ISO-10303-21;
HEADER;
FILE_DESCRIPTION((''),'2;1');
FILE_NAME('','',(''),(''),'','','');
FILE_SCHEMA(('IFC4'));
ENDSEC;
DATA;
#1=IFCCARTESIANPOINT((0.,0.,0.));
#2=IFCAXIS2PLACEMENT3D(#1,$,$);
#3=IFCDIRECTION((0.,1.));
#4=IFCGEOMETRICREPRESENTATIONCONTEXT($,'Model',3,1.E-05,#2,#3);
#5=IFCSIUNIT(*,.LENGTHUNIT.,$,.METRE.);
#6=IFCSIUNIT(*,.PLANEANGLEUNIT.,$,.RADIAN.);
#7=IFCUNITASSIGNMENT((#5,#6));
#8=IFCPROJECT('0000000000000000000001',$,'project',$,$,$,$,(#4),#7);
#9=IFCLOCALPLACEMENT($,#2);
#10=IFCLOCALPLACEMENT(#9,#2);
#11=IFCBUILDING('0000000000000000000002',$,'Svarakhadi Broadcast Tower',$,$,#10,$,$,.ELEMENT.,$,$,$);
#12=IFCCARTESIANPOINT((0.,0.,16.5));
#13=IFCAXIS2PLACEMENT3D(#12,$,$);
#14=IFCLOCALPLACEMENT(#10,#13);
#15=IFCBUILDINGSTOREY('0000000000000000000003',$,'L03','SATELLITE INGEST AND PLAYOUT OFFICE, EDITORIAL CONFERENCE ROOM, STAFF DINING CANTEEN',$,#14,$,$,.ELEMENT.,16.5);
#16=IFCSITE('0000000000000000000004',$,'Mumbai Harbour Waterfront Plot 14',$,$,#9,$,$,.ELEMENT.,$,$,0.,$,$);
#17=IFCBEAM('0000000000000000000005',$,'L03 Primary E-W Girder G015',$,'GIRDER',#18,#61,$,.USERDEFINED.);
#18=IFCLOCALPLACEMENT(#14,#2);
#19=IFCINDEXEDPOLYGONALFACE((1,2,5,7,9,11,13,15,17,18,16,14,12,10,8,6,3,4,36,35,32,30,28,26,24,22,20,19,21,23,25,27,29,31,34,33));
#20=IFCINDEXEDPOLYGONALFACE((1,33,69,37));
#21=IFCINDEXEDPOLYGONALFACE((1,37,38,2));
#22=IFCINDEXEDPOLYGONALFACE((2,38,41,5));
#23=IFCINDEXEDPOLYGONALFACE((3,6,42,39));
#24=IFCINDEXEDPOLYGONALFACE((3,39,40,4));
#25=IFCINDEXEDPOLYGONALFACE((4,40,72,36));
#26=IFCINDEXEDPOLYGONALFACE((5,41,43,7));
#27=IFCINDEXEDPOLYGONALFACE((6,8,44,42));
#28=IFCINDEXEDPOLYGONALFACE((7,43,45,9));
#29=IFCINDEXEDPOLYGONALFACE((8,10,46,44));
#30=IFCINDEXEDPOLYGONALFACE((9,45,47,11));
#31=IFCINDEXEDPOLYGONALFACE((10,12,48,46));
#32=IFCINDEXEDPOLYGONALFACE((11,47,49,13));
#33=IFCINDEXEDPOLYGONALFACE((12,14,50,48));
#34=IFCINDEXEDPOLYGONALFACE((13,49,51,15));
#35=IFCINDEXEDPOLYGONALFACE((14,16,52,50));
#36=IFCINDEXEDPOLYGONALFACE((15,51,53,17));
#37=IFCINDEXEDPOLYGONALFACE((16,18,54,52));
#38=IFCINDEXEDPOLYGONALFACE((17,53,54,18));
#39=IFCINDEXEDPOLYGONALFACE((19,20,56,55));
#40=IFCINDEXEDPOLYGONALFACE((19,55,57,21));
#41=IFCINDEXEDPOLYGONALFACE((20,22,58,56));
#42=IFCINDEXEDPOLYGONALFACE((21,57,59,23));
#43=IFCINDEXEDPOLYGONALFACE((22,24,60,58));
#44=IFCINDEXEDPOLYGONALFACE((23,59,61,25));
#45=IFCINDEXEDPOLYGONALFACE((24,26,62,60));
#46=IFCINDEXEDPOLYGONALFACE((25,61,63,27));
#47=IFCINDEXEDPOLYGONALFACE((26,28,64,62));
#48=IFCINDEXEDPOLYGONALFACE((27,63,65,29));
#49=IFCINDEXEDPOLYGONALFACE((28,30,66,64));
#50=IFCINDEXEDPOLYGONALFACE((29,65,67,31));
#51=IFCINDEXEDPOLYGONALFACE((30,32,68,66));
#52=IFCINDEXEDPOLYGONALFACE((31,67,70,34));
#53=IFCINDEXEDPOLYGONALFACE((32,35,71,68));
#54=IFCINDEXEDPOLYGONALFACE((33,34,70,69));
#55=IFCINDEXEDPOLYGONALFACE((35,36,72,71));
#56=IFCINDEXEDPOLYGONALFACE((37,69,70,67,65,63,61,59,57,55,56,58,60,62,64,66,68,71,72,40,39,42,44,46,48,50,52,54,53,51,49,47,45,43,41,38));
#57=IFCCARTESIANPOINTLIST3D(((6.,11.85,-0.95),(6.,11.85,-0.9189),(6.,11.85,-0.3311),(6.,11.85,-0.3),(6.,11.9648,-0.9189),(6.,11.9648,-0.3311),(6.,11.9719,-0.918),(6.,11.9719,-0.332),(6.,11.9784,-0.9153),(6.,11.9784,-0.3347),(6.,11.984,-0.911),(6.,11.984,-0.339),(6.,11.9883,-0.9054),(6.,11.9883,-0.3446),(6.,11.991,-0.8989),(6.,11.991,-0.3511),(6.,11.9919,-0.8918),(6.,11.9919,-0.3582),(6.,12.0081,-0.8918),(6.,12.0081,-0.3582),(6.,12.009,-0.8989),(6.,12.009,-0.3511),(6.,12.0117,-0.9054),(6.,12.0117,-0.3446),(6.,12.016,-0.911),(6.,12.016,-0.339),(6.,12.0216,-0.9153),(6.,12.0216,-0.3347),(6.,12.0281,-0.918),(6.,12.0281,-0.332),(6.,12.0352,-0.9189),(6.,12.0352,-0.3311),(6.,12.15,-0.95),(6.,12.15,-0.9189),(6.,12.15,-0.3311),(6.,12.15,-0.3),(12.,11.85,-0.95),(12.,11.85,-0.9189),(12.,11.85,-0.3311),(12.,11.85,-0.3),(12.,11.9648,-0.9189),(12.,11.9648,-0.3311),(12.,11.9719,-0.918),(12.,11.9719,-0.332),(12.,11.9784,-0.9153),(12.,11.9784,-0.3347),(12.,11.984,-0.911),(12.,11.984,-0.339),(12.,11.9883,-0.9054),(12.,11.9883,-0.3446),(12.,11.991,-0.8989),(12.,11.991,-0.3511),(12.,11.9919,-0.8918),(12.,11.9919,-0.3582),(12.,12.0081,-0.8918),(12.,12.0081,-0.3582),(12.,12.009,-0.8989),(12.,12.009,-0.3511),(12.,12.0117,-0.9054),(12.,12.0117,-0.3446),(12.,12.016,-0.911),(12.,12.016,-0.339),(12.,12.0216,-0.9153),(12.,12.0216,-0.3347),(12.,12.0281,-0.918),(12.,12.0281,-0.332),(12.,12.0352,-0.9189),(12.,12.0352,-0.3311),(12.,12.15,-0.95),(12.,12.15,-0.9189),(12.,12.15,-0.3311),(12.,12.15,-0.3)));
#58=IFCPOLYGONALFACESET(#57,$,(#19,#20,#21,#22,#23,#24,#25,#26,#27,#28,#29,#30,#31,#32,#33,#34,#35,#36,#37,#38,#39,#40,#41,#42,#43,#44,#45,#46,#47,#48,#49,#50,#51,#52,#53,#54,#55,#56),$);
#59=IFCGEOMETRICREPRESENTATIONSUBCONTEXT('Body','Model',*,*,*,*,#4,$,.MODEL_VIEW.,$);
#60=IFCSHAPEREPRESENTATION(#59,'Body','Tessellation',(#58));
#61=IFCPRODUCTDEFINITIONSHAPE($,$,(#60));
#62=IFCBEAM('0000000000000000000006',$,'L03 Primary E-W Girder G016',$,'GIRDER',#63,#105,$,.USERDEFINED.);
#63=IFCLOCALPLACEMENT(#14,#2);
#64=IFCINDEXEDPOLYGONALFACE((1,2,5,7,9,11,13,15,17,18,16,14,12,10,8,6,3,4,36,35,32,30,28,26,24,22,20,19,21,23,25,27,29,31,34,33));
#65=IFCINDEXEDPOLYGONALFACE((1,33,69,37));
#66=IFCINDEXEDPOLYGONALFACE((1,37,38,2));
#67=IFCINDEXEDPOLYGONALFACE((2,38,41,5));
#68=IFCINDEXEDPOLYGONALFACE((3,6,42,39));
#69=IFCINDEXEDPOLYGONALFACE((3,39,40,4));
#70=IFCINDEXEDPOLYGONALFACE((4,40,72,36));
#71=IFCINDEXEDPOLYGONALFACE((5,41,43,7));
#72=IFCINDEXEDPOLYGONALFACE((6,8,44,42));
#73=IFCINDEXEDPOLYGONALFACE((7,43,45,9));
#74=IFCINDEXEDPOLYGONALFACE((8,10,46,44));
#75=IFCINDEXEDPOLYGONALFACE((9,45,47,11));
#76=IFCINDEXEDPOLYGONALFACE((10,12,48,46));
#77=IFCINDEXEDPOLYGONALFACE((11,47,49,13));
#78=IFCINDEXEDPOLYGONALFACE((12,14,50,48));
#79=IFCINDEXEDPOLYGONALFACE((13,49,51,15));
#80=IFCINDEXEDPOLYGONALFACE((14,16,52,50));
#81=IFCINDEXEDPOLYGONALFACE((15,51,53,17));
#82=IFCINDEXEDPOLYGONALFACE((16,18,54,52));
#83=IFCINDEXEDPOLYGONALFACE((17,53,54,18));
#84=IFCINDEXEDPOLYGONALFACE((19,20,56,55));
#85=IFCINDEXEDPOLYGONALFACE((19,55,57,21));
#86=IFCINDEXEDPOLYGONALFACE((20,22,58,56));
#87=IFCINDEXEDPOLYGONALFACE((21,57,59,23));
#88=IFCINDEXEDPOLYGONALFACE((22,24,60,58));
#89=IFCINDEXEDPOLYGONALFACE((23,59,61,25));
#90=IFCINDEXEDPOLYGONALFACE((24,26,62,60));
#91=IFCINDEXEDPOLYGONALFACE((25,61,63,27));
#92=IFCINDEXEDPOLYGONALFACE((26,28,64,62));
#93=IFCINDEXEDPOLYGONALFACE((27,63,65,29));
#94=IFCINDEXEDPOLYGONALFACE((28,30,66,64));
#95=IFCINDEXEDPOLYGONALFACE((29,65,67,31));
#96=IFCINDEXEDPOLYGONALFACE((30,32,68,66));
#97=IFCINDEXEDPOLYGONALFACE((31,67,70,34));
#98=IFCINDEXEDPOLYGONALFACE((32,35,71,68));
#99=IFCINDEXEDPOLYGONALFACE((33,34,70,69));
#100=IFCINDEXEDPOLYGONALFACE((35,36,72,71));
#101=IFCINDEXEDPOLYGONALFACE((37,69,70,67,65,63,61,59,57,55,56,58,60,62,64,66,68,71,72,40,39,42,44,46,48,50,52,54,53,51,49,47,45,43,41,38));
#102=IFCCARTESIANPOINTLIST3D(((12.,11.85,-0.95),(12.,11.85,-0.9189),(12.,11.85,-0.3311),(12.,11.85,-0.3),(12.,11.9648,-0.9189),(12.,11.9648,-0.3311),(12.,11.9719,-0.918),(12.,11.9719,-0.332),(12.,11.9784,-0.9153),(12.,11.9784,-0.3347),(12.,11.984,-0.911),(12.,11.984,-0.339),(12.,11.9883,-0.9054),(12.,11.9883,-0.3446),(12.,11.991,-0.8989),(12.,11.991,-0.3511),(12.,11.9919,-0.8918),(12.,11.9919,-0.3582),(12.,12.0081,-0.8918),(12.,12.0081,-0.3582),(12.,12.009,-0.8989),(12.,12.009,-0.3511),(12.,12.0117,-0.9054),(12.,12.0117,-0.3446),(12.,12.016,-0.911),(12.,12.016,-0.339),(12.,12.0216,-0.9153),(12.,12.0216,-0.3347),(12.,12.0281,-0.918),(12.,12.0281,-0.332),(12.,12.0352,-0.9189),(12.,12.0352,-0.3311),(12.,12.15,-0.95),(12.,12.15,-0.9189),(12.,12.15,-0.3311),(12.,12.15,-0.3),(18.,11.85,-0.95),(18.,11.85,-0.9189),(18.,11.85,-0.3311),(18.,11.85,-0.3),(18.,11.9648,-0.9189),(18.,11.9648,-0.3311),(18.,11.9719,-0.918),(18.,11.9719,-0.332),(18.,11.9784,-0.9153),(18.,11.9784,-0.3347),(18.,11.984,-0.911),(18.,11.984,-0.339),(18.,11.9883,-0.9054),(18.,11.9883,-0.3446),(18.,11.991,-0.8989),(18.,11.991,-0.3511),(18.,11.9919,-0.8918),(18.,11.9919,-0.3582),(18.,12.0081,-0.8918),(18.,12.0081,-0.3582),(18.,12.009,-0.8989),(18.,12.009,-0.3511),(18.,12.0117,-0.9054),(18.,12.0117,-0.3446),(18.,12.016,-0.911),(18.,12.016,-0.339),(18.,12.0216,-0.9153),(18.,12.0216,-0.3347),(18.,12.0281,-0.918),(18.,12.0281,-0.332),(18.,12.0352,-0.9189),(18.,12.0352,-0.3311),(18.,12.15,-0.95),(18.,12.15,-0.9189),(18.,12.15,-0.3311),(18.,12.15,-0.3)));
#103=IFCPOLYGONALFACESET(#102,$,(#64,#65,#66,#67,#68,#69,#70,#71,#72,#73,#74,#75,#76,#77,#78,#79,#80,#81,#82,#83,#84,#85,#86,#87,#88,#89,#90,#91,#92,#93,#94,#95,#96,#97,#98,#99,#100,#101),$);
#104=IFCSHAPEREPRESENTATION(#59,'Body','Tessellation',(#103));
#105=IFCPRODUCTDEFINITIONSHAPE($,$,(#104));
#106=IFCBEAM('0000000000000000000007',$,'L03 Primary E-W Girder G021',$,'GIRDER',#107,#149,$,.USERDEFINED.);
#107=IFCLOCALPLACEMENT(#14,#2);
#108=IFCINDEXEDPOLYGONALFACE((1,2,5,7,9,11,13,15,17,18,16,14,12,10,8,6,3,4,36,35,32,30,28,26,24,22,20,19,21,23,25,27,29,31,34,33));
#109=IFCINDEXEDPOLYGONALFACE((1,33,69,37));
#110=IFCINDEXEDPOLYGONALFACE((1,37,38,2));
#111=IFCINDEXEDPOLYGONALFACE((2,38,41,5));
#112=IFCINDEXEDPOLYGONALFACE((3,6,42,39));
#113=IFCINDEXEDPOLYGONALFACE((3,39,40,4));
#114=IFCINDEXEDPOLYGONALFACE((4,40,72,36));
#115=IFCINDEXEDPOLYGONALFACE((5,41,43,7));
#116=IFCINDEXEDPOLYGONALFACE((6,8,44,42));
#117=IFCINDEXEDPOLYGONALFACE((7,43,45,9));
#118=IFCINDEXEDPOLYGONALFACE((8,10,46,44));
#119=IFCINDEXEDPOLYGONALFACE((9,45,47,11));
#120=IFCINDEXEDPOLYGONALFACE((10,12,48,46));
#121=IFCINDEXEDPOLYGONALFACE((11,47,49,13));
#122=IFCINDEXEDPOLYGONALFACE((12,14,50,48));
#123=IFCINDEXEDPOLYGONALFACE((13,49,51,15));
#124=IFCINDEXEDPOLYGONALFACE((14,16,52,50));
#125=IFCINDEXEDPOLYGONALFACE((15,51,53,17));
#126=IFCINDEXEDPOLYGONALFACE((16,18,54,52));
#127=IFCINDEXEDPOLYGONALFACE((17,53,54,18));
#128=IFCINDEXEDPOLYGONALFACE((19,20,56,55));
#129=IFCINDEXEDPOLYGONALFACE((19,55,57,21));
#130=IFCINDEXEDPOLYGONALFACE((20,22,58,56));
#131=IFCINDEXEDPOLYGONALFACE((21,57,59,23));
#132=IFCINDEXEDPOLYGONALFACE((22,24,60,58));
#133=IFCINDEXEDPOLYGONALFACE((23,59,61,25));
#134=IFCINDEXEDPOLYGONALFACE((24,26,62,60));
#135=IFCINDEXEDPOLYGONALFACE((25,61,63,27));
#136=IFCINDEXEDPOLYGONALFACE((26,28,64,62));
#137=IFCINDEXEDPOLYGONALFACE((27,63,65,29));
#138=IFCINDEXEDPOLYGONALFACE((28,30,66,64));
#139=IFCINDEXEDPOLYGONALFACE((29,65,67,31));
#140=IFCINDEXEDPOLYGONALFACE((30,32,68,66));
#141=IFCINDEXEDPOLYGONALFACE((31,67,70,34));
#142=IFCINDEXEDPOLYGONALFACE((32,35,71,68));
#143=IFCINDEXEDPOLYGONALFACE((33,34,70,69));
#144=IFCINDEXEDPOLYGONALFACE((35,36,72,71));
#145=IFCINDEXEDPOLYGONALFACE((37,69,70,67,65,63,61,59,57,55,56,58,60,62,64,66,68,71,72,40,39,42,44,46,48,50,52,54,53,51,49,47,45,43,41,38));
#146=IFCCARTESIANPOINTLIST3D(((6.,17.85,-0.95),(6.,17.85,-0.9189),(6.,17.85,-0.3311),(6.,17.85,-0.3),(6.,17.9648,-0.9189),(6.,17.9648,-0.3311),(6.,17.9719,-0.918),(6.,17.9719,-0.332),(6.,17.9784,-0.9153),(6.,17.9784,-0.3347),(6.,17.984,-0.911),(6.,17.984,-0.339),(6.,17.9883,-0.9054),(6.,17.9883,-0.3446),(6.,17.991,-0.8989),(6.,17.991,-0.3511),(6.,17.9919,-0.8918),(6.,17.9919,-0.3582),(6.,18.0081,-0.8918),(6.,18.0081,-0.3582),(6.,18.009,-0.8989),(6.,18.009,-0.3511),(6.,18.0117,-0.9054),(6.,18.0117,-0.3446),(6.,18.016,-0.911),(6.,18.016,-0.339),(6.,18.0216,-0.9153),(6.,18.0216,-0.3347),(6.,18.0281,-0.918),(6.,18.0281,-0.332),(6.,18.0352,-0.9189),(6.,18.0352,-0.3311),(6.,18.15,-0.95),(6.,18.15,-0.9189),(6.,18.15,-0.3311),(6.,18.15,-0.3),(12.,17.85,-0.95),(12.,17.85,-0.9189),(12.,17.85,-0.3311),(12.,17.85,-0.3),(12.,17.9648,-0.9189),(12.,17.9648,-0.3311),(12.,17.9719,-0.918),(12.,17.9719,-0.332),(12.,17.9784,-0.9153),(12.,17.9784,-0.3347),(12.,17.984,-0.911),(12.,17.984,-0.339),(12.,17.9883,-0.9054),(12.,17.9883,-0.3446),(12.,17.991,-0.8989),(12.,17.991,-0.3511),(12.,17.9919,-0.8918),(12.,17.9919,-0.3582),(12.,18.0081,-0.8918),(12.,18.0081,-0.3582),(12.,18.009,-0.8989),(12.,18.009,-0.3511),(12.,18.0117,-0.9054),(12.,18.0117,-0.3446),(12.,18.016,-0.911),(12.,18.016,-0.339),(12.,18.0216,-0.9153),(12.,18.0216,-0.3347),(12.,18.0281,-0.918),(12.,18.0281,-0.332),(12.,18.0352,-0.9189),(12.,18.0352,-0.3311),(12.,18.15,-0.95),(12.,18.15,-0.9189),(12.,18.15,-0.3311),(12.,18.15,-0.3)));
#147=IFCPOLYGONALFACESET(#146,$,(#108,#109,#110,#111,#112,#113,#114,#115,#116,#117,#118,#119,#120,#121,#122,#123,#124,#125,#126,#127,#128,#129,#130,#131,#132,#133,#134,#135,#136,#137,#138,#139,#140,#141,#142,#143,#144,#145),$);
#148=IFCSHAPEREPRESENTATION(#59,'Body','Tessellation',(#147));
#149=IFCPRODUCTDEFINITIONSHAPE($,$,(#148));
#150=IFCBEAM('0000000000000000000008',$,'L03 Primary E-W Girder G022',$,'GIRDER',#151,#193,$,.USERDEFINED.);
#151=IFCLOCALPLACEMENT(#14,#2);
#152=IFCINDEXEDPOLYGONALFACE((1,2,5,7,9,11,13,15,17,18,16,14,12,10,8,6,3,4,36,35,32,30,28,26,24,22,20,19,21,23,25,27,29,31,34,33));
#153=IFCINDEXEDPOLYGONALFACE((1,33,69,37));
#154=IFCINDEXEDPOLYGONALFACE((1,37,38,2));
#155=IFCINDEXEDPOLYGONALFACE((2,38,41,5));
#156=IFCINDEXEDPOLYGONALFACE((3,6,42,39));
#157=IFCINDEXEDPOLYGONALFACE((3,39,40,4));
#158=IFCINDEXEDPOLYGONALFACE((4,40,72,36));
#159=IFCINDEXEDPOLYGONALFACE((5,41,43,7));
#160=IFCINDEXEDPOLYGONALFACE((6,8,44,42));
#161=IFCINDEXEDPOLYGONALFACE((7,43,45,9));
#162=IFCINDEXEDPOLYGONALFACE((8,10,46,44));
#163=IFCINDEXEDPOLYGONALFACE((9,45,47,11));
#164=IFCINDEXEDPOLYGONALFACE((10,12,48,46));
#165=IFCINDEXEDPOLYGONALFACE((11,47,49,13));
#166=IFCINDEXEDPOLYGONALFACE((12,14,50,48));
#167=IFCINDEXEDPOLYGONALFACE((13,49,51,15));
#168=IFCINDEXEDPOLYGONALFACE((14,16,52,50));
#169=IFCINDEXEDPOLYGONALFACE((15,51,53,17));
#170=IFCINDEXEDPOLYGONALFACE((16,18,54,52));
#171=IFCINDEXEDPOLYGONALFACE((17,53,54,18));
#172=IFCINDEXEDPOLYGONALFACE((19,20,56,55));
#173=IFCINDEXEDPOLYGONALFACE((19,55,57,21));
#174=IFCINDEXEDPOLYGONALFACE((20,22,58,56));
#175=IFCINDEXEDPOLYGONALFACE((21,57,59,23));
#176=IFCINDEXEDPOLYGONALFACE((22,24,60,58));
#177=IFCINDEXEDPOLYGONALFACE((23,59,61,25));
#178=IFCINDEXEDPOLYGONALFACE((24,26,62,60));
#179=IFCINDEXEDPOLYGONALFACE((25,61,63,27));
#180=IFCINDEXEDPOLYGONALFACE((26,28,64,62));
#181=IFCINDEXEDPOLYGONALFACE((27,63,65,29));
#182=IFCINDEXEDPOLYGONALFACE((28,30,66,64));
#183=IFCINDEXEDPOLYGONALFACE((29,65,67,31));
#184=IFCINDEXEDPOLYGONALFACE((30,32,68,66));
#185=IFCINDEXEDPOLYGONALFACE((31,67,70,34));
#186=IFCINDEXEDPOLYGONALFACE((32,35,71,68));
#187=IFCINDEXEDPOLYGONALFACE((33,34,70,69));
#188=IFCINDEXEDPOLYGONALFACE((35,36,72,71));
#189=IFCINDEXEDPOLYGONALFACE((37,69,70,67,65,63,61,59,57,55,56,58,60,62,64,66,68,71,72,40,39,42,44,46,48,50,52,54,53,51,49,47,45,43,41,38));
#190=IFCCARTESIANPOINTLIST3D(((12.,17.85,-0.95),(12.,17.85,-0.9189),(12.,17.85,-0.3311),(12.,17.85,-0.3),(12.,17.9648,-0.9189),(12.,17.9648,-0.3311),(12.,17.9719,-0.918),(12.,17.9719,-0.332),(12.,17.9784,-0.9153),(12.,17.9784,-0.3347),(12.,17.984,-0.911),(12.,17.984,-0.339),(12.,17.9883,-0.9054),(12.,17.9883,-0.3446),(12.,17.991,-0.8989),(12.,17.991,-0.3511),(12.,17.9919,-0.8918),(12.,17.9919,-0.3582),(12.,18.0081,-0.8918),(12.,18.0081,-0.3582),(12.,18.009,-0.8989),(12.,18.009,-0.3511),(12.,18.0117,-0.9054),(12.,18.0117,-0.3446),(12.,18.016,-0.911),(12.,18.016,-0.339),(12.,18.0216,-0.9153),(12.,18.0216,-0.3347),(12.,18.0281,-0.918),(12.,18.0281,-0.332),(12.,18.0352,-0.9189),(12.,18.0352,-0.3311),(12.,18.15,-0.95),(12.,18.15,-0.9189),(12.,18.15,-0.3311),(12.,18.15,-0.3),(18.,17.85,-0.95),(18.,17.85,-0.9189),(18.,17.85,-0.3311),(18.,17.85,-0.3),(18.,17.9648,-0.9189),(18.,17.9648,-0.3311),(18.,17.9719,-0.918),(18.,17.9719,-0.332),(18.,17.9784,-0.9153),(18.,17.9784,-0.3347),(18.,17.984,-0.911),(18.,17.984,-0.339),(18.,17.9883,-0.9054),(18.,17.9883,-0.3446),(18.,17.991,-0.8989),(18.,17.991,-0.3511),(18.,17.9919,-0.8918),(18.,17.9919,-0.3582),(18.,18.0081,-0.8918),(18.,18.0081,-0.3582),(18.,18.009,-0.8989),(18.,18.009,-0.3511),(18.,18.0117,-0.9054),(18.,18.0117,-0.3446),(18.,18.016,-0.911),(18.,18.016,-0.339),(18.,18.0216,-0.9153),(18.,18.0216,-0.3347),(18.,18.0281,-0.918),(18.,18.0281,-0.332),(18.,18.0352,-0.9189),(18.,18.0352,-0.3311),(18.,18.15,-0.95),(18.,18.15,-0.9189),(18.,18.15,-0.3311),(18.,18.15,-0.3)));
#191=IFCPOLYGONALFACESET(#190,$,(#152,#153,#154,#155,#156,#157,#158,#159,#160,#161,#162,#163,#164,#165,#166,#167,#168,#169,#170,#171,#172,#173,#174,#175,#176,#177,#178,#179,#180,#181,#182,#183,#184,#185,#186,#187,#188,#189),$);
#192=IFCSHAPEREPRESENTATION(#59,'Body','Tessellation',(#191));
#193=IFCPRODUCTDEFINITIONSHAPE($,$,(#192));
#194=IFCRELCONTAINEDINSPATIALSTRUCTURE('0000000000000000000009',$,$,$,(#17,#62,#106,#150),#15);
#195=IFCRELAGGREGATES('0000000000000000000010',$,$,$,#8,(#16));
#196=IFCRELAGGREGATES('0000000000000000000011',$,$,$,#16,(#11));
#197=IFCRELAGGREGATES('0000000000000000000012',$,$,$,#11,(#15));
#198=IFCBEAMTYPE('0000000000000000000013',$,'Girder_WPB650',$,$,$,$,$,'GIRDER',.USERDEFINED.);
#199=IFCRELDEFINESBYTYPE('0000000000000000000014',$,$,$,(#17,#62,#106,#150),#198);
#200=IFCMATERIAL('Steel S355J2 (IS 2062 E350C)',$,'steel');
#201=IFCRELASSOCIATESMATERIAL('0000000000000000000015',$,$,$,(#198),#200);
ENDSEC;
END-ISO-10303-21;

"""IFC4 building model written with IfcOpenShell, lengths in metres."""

from ifc_helpers import new_model, si_unit, direction, frame, origin, origin_2d, place, context, subcontext, project, spatial, i_section, extrude, material, material_profile, profile_set, type_object, element, save


model = new_model("IFC4")

# Units and contexts
model_context = context("Model", 3, precision=1e-05, world=origin(), true_north=direction((0.0, 1.0)))
body_context = subcontext(model_context, "Body", "Model", "MODEL_VIEW")
ifc_project = project(units=[si_unit("LENGTHUNIT", "METRE"), si_unit("PLANEANGLEUNIT", "RADIAN")], contexts=[model_context])

# Site, building, storey
site_placement = place(None, origin())
site = spatial("IfcSite", under=ifc_project, at=site_placement, Name="Mumbai Harbour Waterfront Plot 14", CompositionType="ELEMENT", RefElevation=0.0)
building_placement = place(site_placement, origin())
building = spatial("IfcBuilding", under=site, at=building_placement, Name="Svarakhadi Broadcast Tower", CompositionType="ELEMENT")
storey_placement = place(building_placement, frame((0.0, 0.0, 16.5)))
storey = spatial("IfcBuildingStorey", under=building, at=storey_placement, Name="L03", Description="SATELLITE INGEST AND PLAYOUT OFFICE, EDITORIAL CONFERENCE ROOM, STAFF DINING CANTEEN", CompositionType="ELEMENT", Elevation=16.5)

# Beams
ifc_material_1 = material(Name="Steel S355J2 (IS 2062 E350C)", Category="steel")
ifc_material_profile_1 = material_profile(ifc_material_1, i_section(OverallWidth=0.3, OverallDepth=0.6499, WebThickness=0.0161, FlangeThickness=0.031, FilletRadius=0.0271, at=origin_2d()), Name="WPB 650x300x225")
ifc_profile_set_1 = profile_set([ifc_material_profile_1], Name="Steel S355J2 (IS 2062 E350C)")
beam_type_1 = type_object("IfcBeamType", Name="Girder_WPB650", ElementType="GIRDER", PredefinedType="USERDEFINED", material=ifc_profile_set_1)
for number, where, z_axis, x_axis, name in (
    (1, (6.0, 12.0, -0.625), (1.0, 0.0, 0.0), (0.0, 1.0, 0.0), "L03 Primary E-W Girder G015"),
    (2, (12.0, 12.0, -0.625), (1.0, 0.0, 0.0), (0.0, 1.0, 0.0), "L03 Primary E-W Girder G016"),
    (3, (6.0, 18.0, -0.625), (1.0, 0.0, 0.0), (0.0, 1.0, 0.0), "L03 Primary E-W Girder G021"),
    (4, (12.0, 18.0, -0.625), (1.0, 0.0, 0.0), (0.0, 1.0, 0.0), "L03 Primary E-W Girder G022"),
):
    element("IfcBeam", number, at=place(storey_placement, frame(where, z_axis=z_axis, x_axis=x_axis)), inside=storey, type_object=beam_type_1, Name=name, ObjectType="GIRDER", PredefinedType="USERDEFINED", context=body_context, shape_type="SweptSolid", body=[
        extrude(i_section(OverallWidth=0.3, OverallDepth=0.6499, WebThickness=0.0161, FlangeThickness=0.031, FilletRadius=0.0271, at=origin_2d()), origin(), (0.0, 0.0, 1.0), 6.0),
    ])

save(model, "model.ifc")
